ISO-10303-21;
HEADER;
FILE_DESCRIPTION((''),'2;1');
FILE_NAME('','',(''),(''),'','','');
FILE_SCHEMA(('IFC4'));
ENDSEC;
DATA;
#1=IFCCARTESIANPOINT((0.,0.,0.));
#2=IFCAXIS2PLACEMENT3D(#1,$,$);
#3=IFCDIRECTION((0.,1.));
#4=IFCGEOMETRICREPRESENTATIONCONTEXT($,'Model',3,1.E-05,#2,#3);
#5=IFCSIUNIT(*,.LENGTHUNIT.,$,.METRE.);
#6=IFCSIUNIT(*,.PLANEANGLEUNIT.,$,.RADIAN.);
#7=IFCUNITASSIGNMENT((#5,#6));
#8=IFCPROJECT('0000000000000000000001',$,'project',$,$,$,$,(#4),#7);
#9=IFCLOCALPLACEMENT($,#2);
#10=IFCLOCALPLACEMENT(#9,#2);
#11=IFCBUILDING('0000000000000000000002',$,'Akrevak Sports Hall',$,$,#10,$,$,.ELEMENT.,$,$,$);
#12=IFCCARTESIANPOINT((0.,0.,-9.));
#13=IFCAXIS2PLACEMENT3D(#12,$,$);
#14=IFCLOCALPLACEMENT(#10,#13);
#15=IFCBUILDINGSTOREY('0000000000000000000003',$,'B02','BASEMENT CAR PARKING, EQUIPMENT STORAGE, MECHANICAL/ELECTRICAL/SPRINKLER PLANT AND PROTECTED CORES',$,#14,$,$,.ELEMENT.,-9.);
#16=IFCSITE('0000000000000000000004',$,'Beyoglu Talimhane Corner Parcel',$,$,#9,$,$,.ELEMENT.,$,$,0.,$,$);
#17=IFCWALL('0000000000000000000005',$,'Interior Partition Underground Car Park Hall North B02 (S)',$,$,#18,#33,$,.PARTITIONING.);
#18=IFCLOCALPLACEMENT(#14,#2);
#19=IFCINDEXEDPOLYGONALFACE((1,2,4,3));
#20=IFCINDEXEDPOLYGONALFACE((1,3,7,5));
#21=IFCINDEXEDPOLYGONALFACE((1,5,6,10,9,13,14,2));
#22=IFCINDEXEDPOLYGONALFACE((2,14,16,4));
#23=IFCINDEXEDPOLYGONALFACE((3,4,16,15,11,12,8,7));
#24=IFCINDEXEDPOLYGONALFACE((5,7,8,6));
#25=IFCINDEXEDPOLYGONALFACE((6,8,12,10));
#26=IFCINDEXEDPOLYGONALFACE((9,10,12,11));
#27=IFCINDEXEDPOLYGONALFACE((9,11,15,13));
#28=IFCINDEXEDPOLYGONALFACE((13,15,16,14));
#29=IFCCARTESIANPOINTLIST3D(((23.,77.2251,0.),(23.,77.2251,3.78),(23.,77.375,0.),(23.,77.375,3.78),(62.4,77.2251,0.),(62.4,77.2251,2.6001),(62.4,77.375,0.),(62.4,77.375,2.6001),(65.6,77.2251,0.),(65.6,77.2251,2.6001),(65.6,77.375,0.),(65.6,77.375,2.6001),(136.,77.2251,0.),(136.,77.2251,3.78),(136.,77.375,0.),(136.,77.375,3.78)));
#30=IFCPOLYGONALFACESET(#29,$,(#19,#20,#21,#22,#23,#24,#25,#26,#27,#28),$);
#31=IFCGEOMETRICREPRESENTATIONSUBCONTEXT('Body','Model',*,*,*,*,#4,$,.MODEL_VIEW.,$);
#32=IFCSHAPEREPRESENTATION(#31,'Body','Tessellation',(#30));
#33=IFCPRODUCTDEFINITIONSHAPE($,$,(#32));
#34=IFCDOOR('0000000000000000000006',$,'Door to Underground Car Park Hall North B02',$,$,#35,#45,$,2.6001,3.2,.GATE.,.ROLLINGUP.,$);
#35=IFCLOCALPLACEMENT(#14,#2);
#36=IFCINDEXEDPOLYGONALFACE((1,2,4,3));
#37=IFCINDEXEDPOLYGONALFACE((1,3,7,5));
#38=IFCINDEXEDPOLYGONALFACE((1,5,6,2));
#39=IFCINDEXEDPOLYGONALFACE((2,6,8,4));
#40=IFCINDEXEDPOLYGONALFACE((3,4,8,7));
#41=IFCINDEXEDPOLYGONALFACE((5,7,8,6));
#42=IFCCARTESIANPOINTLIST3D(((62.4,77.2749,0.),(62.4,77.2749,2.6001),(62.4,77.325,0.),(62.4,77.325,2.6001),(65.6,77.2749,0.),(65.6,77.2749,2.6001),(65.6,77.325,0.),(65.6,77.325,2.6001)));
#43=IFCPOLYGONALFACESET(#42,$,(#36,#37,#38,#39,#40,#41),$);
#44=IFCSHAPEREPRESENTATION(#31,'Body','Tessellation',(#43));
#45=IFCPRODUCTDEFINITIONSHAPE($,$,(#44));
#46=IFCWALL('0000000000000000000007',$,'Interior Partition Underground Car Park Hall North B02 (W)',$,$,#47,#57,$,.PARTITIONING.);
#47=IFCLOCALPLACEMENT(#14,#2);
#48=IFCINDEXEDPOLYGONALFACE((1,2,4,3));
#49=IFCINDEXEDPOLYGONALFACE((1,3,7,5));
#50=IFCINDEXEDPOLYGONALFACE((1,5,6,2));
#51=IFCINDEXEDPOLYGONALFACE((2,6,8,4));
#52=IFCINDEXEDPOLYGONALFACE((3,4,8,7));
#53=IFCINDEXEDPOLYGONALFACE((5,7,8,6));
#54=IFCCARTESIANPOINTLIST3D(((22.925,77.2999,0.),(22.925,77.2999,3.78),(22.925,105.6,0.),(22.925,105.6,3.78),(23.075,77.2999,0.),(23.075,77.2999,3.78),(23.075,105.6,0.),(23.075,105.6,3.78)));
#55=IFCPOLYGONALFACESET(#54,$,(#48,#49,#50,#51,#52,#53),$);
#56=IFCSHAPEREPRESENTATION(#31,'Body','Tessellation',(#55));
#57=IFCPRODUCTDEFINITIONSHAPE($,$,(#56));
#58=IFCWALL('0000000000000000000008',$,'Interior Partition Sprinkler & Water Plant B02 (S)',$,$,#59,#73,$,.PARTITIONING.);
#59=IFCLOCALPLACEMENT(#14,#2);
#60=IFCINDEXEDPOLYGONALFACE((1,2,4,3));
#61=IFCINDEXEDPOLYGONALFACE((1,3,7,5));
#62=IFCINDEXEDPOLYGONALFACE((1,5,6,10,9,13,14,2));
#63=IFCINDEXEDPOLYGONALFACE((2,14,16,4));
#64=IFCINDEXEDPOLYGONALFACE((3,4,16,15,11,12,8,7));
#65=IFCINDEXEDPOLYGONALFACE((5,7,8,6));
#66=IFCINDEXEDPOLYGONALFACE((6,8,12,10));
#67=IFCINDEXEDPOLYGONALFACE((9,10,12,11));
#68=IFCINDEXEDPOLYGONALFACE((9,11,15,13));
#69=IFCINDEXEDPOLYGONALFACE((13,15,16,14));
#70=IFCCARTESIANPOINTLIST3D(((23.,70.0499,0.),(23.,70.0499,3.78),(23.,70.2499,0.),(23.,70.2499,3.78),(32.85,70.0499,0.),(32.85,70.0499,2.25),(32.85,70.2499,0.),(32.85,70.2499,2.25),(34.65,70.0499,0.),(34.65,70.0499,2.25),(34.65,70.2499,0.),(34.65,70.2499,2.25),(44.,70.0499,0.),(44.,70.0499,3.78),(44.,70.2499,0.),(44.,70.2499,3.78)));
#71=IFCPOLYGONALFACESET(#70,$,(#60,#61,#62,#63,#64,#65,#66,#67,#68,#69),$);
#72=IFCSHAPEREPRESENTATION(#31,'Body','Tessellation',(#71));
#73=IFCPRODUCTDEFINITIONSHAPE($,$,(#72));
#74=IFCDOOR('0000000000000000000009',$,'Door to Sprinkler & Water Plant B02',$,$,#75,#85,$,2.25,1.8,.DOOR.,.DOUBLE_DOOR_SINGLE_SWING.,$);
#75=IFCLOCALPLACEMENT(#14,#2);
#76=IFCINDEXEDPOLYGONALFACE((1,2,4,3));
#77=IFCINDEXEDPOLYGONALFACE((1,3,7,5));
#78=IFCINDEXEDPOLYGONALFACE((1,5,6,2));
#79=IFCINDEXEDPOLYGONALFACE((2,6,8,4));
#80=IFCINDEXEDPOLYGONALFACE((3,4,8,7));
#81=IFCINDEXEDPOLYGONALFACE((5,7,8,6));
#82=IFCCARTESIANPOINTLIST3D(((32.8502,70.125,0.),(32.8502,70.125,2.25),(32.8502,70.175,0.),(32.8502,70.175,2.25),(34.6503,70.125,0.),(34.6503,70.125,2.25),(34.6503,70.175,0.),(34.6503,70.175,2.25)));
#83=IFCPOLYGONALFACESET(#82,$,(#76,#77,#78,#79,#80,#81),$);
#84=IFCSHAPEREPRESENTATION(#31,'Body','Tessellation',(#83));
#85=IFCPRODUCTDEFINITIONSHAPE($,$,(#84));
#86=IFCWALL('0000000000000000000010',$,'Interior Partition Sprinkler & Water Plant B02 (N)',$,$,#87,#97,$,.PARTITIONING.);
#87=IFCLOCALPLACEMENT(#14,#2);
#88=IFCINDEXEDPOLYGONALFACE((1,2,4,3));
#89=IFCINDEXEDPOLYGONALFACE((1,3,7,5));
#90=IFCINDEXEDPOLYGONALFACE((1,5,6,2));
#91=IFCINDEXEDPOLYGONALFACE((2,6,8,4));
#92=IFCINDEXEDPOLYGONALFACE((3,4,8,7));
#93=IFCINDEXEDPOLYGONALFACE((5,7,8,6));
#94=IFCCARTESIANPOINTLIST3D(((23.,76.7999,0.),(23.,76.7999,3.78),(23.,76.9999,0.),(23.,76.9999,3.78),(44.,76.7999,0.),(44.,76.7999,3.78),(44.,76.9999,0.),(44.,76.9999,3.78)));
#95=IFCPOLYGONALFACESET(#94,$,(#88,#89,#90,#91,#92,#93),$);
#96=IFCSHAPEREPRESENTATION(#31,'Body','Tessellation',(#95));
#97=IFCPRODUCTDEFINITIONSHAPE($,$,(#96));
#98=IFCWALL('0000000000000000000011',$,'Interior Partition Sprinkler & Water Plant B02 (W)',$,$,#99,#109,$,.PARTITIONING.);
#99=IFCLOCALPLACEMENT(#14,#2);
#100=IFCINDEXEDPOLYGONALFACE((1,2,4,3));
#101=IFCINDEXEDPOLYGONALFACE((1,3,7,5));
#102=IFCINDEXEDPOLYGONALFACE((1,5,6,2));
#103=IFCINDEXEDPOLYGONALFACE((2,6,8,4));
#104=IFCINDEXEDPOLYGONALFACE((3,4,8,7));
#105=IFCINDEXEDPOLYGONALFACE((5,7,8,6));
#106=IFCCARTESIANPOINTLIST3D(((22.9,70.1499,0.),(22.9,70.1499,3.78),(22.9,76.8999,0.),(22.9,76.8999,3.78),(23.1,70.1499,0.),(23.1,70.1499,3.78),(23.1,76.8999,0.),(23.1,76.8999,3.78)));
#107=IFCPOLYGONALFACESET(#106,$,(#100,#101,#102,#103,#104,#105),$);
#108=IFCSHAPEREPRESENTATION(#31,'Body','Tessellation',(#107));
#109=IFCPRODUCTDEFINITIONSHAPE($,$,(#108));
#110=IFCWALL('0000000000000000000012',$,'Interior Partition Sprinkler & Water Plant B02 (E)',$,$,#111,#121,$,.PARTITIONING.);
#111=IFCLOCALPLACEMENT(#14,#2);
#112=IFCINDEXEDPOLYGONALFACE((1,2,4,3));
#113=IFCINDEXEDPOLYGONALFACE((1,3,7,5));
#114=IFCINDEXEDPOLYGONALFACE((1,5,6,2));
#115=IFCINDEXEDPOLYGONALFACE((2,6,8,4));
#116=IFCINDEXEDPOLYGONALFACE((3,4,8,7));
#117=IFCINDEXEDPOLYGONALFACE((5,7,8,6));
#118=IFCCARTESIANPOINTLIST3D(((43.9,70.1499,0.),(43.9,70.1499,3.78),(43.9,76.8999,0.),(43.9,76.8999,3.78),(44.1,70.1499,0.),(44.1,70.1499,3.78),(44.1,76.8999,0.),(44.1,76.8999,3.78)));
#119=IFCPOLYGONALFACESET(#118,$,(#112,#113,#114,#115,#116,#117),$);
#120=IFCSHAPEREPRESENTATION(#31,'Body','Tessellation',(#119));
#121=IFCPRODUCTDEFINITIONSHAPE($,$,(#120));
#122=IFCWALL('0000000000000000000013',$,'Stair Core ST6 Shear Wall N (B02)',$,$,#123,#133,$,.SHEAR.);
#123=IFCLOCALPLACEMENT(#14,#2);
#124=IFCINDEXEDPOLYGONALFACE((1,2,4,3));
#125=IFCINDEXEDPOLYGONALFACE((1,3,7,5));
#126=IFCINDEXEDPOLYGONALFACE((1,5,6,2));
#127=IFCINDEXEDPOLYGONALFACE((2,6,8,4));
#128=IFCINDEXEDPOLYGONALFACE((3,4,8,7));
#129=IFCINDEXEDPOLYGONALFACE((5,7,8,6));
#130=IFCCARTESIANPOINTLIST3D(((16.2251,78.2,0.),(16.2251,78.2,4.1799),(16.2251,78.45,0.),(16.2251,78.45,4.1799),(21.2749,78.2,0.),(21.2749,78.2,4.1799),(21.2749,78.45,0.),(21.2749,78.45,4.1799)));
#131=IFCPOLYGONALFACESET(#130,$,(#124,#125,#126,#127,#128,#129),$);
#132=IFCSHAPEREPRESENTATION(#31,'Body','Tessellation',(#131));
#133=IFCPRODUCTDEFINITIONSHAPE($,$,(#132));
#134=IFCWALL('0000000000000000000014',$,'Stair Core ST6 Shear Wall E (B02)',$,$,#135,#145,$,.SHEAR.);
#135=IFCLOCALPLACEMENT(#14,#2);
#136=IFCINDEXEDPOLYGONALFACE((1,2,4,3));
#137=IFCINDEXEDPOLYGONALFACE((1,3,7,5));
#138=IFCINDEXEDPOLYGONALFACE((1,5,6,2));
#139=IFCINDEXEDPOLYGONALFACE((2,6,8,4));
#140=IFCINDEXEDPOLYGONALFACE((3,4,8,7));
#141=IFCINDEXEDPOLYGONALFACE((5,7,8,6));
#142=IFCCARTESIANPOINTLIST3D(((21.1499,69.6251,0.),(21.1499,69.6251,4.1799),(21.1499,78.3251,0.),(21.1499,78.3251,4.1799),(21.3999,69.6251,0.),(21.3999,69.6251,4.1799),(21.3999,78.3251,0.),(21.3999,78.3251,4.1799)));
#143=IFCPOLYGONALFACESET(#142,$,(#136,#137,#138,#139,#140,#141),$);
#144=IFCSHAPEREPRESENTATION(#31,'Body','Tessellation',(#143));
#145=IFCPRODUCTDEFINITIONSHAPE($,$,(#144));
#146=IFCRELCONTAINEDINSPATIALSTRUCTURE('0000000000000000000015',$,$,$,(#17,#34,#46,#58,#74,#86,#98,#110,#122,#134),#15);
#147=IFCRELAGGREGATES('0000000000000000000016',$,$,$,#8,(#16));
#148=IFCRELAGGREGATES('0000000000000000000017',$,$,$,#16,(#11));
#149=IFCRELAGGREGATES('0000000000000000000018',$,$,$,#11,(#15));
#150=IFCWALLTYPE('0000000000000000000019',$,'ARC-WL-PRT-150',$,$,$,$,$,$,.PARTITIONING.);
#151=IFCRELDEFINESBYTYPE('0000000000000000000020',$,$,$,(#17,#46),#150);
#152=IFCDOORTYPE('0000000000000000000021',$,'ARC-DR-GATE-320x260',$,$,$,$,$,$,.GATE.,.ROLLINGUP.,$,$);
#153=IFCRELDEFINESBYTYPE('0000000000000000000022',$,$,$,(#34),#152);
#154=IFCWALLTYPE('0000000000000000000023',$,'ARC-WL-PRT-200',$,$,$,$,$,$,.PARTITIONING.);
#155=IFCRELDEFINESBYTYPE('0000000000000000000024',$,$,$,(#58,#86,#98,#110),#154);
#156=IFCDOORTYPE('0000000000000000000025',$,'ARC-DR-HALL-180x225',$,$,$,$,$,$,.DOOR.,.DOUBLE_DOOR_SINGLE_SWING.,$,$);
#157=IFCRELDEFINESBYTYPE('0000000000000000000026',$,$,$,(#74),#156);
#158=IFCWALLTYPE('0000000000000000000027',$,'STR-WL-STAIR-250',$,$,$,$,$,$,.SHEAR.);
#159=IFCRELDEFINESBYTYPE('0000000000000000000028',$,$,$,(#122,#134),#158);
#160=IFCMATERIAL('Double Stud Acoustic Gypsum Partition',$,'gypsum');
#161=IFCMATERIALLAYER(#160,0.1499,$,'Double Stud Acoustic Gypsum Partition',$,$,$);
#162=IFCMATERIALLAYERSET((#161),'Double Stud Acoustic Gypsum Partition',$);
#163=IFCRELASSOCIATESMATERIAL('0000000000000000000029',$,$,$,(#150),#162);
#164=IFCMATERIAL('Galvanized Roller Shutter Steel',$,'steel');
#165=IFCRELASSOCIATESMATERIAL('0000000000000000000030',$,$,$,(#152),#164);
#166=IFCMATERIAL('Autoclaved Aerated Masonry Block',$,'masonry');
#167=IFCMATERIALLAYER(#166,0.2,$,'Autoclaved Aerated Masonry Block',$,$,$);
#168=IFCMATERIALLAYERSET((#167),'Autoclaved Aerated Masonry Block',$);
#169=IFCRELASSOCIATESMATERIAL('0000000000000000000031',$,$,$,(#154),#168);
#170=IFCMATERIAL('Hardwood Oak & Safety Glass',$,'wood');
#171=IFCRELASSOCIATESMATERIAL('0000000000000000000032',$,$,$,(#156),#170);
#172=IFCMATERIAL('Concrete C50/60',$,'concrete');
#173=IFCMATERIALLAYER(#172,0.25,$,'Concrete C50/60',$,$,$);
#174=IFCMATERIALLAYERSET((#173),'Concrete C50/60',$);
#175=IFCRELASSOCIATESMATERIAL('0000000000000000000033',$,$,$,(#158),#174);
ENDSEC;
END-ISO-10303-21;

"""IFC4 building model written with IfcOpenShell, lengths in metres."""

from ifc_helpers import new_model, si_unit, direction, frame, frame_2d, origin, place, context, subcontext, project, spatial, rectangle, extrude, material, layer, layer_set, type_object, element, fill, save


model = new_model("IFC4")

# Units and contexts
model_context = context("Model", 3, precision=1e-05, world=origin(), true_north=direction((0.0, 1.0)))
body_context = subcontext(model_context, "Body", "Model", "MODEL_VIEW")
ifc_project = project(units=[si_unit("LENGTHUNIT", "METRE"), si_unit("PLANEANGLEUNIT", "RADIAN")], contexts=[model_context])

# Site, building, storey
site_placement = place(None, origin())
site = spatial("IfcSite", under=ifc_project, at=site_placement, Name="Beyoglu Talimhane Corner Parcel", CompositionType="ELEMENT", RefElevation=0.0)
building_placement = place(site_placement, origin())
building = spatial("IfcBuilding", under=site, at=building_placement, Name="Akrevak Sports Hall", CompositionType="ELEMENT")
storey_placement = place(building_placement, frame((0.0, 0.0, -9.0)))
storey = spatial("IfcBuildingStorey", under=building, at=storey_placement, Name="B02", Description="BASEMENT CAR PARKING, EQUIPMENT STORAGE, MECHANICAL/ELECTRICAL/SPRINKLER PLANT AND PROTECTED CORES", CompositionType="ELEMENT", Elevation=-9.0)

# Shared definitions
ifc_material_1 = material(Name="Concrete C50/60", Category="concrete")

# Wall, opening, door
ifc_material_2 = material(Name="Double Stud Acoustic Gypsum Partition", Category="gypsum")
ifc_layer_1 = layer(ifc_material_2, 0.1499, Name="Double Stud Acoustic Gypsum Partition")
ifc_layer_set_1 = layer_set([ifc_layer_1], Name="Double Stud Acoustic Gypsum Partition")
wall_type_1 = type_object("IfcWallType", Name="ARC-WL-PRT-150", PredefinedType="PARTITIONING", material=ifc_layer_set_1)
wall_1_placement = place(storey_placement, frame((23.0, 77.3, 0.0), z_axis=(0.0, 0.0, 1.0), x_axis=(1.0, 0.0, 0.0)))
wall_1 = element("IfcWall", 1, at=wall_1_placement, inside=storey, type_object=wall_type_1, Name="Interior Partition Underground Car Park Hall North B02 (S)", PredefinedType="PARTITIONING", context=body_context, shape_type="SweptSolid", body=[
    extrude(rectangle(XDim=113.0, YDim=0.1499, at=frame_2d((56.5, 0.0))), origin(), (0.0, 0.0, 1.0), 3.78),
])
opening_1_placement = place(wall_1_placement, frame((39.3999, 0.0, 0.0)))
opening_1 = element("IfcOpeningElement", 2, at=opening_1_placement, cuts=wall_1, PredefinedType="OPENING", context=body_context, shape_type="SweptSolid", body=[
    extrude(rectangle(XDim=3.2, YDim=2.6001, at=frame_2d((1.6001, 1.3))), frame((0.0, 0.0869, 0.0), z_axis=(0.0, -1.0, 0.0), x_axis=(1.0, 0.0, 0.0)), (0.0, 0.0, 1.0), 0.1738),
])
ifc_material_3 = material(Name="Galvanized Roller Shutter Steel", Category="steel")
door_type_1 = type_object("IfcDoorType", Name="ARC-DR-GATE-320x260", OperationType="ROLLINGUP", PredefinedType="GATE", material=ifc_material_3)
door_1_placement = place(opening_1_placement, origin())
door_1 = element("IfcDoor", 3, at=door_1_placement, inside=storey, type_object=door_type_1, Name="Door to Underground Car Park Hall North B02", OperationType="ROLLINGUP", OverallHeight=2.6001, OverallWidth=3.2, PredefinedType="GATE", context=body_context, shape_type="SweptSolid", body=[
    extrude(rectangle(XDim=3.2, YDim=2.6001, at=frame_2d((1.6001, 1.3))), frame((0.0, 0.0249, 0.0), z_axis=(0.0, -1.0, 0.0), x_axis=(1.0, 0.0, 0.0)), (0.0, 0.0, 1.0), 0.05),
])
fill(opening_1, door_1)

# Wall
wall_2_placement = place(storey_placement, frame((23.0, 77.3, 0.0), z_axis=(0.0, 0.0, 1.0), x_axis=(0.0, 1.0, 0.0)))
element("IfcWall", 4, at=wall_2_placement, inside=storey, type_object=wall_type_1, Name="Interior Partition Underground Car Park Hall North B02 (W)", PredefinedType="PARTITIONING", context=body_context, shape_type="SweptSolid", body=[
    extrude(rectangle(XDim=28.3, YDim=0.1499, at=frame_2d((14.1499, 0.0))), origin(), (0.0, 0.0, 1.0), 3.78),
])

# Wall, opening, door
ifc_material_4 = material(Name="Autoclaved Aerated Masonry Block", Category="masonry")
ifc_layer_2 = layer(ifc_material_4, 0.2, Name="Autoclaved Aerated Masonry Block")
ifc_layer_set_2 = layer_set([ifc_layer_2], Name="Autoclaved Aerated Masonry Block")
wall_type_2 = type_object("IfcWallType", Name="ARC-WL-PRT-200", PredefinedType="PARTITIONING", material=ifc_layer_set_2)
wall_3_placement = place(storey_placement, frame((23.0, 70.1499, 0.0), z_axis=(0.0, 0.0, 1.0), x_axis=(1.0, 0.0, 0.0)))
wall_3 = element("IfcWall", 5, at=wall_3_placement, inside=storey, type_object=wall_type_2, Name="Interior Partition Sprinkler & Water Plant B02 (S)", PredefinedType="PARTITIONING", context=body_context, shape_type="SweptSolid", body=[
    extrude(rectangle(XDim=21.0, YDim=0.2, at=frame_2d((10.5, 0.0))), origin(), (0.0, 0.0, 1.0), 3.78),
])
opening_2_placement = place(wall_3_placement, frame((9.8501, 0.0, 0.0)))
opening_2 = element("IfcOpeningElement", 6, at=opening_2_placement, cuts=wall_3, PredefinedType="OPENING", context=body_context, shape_type="SweptSolid", body=[
    extrude(rectangle(XDim=1.8, YDim=2.25, at=frame_2d((0.8999, 1.125))), frame((0.0, 0.1118, 0.0), z_axis=(0.0, -1.0, 0.0), x_axis=(1.0, 0.0, 0.0)), (0.0, 0.0, 1.0), 0.2239),
])
ifc_material_5 = material(Name="Hardwood Oak & Safety Glass", Category="wood")
door_type_2 = type_object("IfcDoorType", Name="ARC-DR-HALL-180x225", OperationType="DOUBLE_DOOR_SINGLE_SWING", PredefinedType="DOOR", material=ifc_material_5)
door_2_placement = place(opening_2_placement, frame((1.8, 0.0, 0.0), z_axis=(0.0, 0.0, 1.0), x_axis=(-1.0, 0.0, 0.0)))
door_2 = element("IfcDoor", 7, at=door_2_placement, inside=storey, type_object=door_type_2, Name="Door to Sprinkler & Water Plant B02", OperationType="DOUBLE_DOOR_SINGLE_SWING", OverallHeight=2.25, OverallWidth=1.8, PredefinedType="DOOR", context=body_context, shape_type="SweptSolid", body=[
    extrude(rectangle(XDim=1.8, YDim=2.25, at=frame_2d((0.8999, 1.125))), frame((0.0, 0.0249, 0.0), z_axis=(0.0, -1.0, 0.0), x_axis=(1.0, 0.0, 0.0)), (0.0, 0.0, 1.0), 0.05),
])
fill(opening_2, door_2)

# Walls
wall_4_placement = place(storey_placement, frame((23.0, 76.8999, 0.0), z_axis=(0.0, 0.0, 1.0), x_axis=(1.0, 0.0, 0.0)))
element("IfcWall", 8, at=wall_4_placement, inside=storey, type_object=wall_type_2, Name="Interior Partition Sprinkler & Water Plant B02 (N)", PredefinedType="PARTITIONING", context=body_context, shape_type="SweptSolid", body=[
    extrude(rectangle(XDim=21.0, YDim=0.2, at=frame_2d((10.5, 0.0))), origin(), (0.0, 0.0, 1.0), 3.78),
])
for number, where, z_axis, x_axis, name in (
    (9, (23.0, 70.1499, 0.0), (0.0, 0.0, 1.0), (0.0, 1.0, 0.0), "Interior Partition Sprinkler & Water Plant B02 (W)"),
    (10, (44.0, 70.1499, 0.0), (0.0, 0.0, 1.0), (0.0, 1.0, 0.0), "Interior Partition Sprinkler & Water Plant B02 (E)"),
):
    element("IfcWall", number, at=place(storey_placement, frame(where, z_axis=z_axis, x_axis=x_axis)), inside=storey, type_object=wall_type_2, Name=name, PredefinedType="PARTITIONING", context=body_context, shape_type="SweptSolid", body=[
        extrude(rectangle(XDim=6.75, YDim=0.2, at=frame_2d((3.375, 0.0))), origin(), (0.0, 0.0, 1.0), 3.78),
    ])
ifc_layer_3 = layer(ifc_material_1, 0.25, Name="Concrete C50/60")
ifc_layer_set_3 = layer_set([ifc_layer_3], Name="Concrete C50/60")
wall_type_3 = type_object("IfcWallType", Name="STR-WL-STAIR-250", PredefinedType="SHEAR", material=ifc_layer_set_3)
wall_5_placement = place(storey_placement, frame((21.2749, 78.325, 0.0), z_axis=(0.0, 0.0, 1.0), x_axis=(-1.0, 0.0, 0.0)))
element("IfcWall", 11, at=wall_5_placement, inside=storey, type_object=wall_type_3, Name="Stair Core ST6 Shear Wall N (B02)", PredefinedType="SHEAR", context=body_context, shape_type="SweptSolid", body=[
    extrude(rectangle(XDim=5.0498, YDim=0.25, at=frame_2d((2.5249, 0.0))), origin(), (0.0, 0.0, 1.0), 4.1799),
])
wall_6_placement = place(storey_placement, frame((21.2749, 69.625, 0.0), z_axis=(0.0, 0.0, 1.0), x_axis=(0.0, 1.0, 0.0)))
element("IfcWall", 12, at=wall_6_placement, inside=storey, type_object=wall_type_3, Name="Stair Core ST6 Shear Wall E (B02)", PredefinedType="SHEAR", context=body_context, shape_type="SweptSolid", body=[
    extrude(rectangle(XDim=8.7, YDim=0.25, at=frame_2d((4.3501, 0.0))), origin(), (0.0, 0.0, 1.0), 4.1799),
])

save(model, "model.ifc")
